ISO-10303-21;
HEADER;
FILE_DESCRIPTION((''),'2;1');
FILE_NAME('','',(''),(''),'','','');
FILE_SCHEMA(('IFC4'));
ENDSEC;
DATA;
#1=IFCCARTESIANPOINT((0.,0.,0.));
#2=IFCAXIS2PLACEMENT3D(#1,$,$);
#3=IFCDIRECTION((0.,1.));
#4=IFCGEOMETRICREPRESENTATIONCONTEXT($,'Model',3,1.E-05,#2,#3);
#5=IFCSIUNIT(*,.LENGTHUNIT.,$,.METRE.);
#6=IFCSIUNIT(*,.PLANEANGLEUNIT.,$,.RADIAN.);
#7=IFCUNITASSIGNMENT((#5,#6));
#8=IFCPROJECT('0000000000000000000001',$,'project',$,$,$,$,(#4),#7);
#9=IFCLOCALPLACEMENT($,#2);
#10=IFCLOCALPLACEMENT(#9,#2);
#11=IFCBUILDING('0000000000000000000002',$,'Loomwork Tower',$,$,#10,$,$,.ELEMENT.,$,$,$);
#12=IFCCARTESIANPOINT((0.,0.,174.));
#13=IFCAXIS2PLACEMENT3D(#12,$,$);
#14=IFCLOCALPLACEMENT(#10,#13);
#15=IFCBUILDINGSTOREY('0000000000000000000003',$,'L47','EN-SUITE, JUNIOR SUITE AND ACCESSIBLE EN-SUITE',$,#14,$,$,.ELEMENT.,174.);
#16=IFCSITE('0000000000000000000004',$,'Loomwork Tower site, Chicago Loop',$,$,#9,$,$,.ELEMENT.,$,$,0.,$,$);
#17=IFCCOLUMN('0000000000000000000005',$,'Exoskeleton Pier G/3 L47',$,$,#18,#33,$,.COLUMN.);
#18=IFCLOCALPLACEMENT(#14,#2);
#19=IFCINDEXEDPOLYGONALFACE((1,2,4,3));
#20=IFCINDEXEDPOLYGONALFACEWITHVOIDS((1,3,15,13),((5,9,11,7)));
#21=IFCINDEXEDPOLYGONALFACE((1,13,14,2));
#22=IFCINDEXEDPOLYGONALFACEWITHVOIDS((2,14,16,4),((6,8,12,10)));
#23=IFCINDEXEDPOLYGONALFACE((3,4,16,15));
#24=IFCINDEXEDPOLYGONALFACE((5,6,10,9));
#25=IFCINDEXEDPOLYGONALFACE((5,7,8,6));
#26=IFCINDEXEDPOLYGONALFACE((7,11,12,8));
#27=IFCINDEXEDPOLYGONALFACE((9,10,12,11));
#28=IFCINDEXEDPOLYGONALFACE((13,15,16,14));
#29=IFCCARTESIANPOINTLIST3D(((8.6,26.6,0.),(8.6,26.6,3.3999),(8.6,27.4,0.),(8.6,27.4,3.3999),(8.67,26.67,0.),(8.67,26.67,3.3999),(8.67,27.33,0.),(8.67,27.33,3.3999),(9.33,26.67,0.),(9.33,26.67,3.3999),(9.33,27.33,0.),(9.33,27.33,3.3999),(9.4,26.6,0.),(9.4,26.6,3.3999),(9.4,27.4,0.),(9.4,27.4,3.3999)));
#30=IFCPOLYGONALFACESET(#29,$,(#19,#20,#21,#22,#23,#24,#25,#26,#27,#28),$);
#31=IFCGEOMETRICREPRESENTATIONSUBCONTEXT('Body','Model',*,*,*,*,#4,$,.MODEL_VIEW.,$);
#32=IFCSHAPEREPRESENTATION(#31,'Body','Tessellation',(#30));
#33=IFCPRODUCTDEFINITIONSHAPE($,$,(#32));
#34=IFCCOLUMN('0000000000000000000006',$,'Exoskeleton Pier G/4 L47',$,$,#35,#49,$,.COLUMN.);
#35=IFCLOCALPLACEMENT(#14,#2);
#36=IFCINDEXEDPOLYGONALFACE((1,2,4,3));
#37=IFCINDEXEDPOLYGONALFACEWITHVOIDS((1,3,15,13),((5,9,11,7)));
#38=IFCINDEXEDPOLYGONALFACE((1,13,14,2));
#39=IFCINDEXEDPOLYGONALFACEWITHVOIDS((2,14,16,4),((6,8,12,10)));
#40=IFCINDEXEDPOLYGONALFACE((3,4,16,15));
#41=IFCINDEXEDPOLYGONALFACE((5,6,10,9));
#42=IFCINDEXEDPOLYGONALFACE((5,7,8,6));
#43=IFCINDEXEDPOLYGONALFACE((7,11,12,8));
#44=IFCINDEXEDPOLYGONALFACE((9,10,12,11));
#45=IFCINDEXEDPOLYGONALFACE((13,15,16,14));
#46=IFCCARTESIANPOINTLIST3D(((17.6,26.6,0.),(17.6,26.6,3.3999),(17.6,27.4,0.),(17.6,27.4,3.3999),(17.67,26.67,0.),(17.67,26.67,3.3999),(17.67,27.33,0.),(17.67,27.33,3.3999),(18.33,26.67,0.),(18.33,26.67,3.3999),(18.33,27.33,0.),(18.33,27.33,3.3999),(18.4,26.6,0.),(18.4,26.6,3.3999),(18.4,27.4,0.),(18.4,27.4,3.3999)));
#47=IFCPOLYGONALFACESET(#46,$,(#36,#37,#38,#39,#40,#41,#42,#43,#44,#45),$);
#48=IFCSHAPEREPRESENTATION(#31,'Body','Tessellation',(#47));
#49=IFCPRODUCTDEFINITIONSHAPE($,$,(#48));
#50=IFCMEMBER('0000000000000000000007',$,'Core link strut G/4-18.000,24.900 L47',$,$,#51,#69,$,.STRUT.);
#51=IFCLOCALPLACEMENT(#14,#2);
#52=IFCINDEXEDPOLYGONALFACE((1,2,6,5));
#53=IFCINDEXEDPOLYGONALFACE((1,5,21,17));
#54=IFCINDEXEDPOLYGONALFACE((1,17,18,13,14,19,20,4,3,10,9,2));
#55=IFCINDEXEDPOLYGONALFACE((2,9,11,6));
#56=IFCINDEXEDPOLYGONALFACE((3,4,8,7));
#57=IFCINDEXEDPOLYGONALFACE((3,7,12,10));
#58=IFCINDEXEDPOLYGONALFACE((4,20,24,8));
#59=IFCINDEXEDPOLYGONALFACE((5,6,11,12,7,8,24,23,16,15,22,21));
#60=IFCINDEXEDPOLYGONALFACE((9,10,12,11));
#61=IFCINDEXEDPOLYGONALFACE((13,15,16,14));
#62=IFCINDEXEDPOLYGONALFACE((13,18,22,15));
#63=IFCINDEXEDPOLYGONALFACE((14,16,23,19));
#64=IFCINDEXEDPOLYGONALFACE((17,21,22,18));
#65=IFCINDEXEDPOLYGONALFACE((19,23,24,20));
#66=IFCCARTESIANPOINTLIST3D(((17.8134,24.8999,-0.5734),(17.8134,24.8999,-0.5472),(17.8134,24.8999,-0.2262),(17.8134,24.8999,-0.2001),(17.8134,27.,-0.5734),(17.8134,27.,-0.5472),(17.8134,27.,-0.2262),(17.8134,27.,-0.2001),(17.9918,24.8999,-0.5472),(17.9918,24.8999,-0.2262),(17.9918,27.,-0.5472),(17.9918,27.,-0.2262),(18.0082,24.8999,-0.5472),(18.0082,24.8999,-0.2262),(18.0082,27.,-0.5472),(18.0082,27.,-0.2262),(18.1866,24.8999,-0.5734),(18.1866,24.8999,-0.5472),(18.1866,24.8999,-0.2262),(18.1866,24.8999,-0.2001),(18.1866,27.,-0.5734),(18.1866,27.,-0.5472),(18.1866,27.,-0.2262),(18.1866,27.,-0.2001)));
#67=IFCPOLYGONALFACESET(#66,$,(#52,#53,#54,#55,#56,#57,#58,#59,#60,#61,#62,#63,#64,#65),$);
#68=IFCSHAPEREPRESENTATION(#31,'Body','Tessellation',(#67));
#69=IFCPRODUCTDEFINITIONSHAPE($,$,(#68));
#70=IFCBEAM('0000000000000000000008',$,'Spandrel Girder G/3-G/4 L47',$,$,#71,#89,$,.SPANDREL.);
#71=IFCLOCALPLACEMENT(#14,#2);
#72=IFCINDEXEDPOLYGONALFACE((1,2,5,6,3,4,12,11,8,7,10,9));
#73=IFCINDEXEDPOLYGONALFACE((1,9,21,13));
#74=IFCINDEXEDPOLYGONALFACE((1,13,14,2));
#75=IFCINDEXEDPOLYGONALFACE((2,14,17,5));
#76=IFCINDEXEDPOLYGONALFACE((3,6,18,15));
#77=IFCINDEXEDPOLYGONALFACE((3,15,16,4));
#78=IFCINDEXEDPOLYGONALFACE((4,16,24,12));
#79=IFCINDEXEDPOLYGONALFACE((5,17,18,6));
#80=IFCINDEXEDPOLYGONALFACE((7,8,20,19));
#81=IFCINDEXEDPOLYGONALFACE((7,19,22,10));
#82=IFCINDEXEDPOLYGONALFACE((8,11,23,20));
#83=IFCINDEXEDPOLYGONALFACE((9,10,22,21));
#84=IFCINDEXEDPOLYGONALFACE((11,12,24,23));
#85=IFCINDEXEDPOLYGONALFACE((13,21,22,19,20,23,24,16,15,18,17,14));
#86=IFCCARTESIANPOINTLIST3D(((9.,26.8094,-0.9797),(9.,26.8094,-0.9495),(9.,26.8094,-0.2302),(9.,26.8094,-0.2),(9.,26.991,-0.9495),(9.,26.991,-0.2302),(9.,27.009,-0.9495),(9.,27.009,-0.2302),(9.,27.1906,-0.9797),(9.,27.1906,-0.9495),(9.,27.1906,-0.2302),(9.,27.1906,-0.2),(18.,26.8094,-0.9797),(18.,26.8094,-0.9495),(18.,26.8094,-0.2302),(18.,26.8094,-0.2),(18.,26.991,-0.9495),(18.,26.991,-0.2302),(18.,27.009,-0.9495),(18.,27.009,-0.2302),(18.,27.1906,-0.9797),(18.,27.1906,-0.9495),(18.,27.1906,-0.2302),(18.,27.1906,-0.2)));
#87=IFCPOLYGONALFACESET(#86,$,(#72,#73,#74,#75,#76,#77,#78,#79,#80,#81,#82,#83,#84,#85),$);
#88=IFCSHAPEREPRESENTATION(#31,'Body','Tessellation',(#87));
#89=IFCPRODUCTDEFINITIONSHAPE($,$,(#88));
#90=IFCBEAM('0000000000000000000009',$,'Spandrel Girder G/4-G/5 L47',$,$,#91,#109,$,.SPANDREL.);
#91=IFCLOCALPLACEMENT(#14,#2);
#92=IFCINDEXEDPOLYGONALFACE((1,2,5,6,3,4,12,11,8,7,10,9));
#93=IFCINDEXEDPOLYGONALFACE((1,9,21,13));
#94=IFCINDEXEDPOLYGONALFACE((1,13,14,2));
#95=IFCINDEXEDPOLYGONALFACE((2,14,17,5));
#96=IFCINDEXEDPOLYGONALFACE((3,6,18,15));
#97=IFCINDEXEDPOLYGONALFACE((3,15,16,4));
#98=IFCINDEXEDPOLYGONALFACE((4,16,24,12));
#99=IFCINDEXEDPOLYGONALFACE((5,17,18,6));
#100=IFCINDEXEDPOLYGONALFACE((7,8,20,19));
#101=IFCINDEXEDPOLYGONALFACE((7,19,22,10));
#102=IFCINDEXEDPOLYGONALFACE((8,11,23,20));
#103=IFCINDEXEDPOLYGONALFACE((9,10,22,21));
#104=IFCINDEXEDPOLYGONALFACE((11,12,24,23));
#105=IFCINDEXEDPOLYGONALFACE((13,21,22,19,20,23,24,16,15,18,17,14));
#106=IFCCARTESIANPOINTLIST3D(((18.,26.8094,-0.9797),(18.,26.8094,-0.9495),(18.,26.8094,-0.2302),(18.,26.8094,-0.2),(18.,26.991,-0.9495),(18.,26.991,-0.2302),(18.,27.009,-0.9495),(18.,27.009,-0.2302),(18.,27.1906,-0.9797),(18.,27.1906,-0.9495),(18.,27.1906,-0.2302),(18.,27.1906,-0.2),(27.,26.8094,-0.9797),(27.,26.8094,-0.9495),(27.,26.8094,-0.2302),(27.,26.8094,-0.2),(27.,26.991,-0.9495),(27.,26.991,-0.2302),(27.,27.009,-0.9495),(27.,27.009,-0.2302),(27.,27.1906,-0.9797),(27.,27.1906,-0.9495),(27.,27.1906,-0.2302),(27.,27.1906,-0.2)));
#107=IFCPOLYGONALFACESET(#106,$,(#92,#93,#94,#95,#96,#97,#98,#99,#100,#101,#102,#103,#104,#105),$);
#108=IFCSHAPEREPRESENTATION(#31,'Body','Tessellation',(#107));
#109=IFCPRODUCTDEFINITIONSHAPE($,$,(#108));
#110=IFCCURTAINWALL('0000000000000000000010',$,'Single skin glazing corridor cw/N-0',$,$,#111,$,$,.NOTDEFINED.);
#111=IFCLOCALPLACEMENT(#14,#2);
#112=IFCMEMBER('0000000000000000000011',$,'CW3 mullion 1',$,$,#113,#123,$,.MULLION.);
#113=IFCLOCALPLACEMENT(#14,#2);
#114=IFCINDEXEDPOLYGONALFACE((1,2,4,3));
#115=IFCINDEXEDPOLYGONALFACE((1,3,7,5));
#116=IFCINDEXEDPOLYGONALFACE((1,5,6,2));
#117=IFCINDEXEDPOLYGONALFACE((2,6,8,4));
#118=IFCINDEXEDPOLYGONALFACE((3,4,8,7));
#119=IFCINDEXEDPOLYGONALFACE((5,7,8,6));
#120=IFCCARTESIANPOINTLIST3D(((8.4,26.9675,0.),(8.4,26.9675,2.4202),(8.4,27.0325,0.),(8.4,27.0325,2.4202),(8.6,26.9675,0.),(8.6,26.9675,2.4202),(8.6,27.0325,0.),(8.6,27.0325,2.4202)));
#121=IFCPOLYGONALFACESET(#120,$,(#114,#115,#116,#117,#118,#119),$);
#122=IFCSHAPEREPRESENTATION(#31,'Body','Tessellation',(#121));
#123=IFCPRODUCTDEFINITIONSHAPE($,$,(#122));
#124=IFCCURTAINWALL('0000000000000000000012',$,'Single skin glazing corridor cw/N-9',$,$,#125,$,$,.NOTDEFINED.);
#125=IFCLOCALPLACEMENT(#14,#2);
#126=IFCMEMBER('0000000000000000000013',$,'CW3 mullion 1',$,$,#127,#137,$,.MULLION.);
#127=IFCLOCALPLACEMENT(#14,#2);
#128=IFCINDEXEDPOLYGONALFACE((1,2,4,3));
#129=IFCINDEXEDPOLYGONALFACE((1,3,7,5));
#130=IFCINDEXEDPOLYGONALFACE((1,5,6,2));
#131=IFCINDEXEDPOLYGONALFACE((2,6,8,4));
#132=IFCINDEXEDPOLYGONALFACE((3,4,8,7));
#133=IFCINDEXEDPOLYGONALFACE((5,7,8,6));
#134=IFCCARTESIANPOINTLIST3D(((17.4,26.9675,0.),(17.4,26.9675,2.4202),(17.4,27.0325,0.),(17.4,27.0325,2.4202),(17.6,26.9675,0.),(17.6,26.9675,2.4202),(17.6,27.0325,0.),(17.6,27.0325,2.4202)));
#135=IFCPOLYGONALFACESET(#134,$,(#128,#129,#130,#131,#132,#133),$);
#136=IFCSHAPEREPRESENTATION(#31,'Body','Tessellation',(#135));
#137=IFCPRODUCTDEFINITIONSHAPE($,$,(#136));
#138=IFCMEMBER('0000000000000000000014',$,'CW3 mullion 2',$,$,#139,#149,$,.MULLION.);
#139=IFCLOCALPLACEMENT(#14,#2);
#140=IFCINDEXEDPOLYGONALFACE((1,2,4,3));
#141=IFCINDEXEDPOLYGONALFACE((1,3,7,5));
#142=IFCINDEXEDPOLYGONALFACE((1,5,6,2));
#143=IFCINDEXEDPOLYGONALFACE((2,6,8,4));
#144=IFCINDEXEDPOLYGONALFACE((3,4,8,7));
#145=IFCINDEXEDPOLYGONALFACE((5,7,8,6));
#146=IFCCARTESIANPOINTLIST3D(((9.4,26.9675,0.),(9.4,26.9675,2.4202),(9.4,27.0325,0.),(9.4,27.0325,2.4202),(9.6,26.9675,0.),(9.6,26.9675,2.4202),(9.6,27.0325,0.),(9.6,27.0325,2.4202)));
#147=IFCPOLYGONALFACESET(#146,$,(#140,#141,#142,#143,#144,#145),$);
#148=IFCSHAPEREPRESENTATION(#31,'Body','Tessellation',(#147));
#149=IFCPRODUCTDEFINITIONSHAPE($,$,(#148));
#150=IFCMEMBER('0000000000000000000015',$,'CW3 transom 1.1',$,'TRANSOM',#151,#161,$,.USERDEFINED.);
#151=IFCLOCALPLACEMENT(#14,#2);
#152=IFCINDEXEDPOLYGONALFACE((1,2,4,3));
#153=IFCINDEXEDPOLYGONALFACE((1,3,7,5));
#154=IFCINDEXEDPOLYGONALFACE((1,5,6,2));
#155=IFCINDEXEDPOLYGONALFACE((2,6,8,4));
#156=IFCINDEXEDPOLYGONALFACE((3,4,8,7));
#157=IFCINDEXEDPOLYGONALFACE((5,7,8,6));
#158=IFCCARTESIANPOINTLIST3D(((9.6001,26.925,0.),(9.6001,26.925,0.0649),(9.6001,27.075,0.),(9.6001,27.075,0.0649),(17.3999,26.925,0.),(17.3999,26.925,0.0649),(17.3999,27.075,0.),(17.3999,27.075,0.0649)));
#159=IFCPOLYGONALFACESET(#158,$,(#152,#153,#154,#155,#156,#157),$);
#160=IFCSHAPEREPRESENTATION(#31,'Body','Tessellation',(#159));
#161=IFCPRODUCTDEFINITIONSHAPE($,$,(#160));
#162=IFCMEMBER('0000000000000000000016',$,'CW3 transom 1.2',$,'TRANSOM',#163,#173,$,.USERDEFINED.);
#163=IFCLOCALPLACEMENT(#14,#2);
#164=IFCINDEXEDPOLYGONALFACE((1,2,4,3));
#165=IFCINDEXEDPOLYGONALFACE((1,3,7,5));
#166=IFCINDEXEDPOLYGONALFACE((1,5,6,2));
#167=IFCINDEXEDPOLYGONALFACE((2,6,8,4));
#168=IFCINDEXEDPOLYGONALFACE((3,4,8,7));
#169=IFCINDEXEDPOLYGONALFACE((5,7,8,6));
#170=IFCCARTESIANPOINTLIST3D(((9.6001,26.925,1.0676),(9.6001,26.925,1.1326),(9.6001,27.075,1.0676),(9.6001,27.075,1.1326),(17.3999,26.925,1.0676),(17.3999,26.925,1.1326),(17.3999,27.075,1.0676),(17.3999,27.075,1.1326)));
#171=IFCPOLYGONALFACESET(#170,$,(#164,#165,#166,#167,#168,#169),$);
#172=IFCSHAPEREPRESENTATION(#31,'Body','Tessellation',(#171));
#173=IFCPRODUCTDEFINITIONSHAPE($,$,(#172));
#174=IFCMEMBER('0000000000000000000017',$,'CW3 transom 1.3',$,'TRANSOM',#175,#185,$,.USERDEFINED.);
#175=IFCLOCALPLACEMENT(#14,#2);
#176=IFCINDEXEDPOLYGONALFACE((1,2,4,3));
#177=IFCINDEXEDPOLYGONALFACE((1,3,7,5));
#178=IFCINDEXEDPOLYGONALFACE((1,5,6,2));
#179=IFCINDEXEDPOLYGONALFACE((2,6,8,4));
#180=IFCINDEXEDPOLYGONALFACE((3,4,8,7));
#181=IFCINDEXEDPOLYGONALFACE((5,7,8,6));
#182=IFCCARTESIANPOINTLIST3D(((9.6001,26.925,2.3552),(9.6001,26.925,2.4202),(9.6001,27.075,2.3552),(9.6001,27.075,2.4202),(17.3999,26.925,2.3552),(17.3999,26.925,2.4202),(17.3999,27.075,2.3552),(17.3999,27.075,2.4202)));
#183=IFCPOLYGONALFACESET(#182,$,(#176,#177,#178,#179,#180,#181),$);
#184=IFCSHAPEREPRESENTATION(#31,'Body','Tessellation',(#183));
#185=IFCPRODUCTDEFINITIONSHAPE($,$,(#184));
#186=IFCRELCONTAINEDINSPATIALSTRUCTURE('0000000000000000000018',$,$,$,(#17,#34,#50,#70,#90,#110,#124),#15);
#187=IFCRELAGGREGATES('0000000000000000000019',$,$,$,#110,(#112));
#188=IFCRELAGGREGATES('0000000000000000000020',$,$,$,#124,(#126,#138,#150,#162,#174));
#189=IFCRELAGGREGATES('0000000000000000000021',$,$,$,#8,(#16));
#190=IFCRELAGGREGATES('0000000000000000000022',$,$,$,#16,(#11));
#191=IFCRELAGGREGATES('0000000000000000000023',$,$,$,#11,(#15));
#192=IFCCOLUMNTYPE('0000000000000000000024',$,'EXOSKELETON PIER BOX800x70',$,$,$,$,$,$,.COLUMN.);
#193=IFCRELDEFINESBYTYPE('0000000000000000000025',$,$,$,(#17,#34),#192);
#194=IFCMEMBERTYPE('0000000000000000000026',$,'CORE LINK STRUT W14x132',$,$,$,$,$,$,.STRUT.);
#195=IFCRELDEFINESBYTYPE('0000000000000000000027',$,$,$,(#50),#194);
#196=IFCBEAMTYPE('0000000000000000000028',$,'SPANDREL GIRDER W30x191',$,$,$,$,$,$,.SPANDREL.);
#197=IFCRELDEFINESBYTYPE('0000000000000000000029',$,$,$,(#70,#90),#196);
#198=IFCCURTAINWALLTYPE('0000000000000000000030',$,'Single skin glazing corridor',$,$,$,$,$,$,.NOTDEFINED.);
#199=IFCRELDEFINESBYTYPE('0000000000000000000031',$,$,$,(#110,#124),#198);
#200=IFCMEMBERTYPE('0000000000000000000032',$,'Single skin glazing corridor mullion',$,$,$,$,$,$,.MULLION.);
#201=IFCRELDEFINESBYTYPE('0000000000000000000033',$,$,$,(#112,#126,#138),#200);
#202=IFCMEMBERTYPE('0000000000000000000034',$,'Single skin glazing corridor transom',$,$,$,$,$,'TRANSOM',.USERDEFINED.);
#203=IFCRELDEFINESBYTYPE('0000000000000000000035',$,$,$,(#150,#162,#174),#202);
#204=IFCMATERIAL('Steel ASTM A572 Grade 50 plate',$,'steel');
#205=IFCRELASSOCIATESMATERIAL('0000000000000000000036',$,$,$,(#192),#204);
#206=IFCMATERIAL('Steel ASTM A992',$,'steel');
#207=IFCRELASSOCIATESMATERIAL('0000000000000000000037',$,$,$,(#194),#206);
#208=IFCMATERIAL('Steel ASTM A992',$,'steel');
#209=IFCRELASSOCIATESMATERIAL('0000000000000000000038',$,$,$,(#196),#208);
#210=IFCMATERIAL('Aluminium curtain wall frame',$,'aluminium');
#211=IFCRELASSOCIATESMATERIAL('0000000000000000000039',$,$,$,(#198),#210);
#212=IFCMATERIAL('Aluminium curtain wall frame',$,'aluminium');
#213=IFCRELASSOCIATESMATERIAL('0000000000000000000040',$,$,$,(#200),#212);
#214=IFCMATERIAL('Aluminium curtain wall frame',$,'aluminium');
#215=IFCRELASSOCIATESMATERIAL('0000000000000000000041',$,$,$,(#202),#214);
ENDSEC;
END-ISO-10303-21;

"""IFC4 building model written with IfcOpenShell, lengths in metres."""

from ifc_helpers import new_model, si_unit, direction, frame, origin, origin_2d, place, context, subcontext, project, spatial, rectangle, hollow_rectangle, i_section, extrude, material, material_profile, profile_set, type_object, element, aggregate, save


model = new_model("IFC4")

# Units and contexts
model_context = context("Model", 3, precision=1e-05, world=origin(), true_north=direction((0.0, 1.0)))
body_context = subcontext(model_context, "Body", "Model", "MODEL_VIEW")
ifc_project = project(units=[si_unit("LENGTHUNIT", "METRE"), si_unit("PLANEANGLEUNIT", "RADIAN")], contexts=[model_context])

# Site, building, storey
site_placement = place(None, origin())
site = spatial("IfcSite", under=ifc_project, at=site_placement, Name="Loomwork Tower site, Chicago Loop", CompositionType="ELEMENT", RefElevation=0.0)
building_placement = place(site_placement, origin())
building = spatial("IfcBuilding", under=site, at=building_placement, Name="Loomwork Tower", CompositionType="ELEMENT")
storey_placement = place(building_placement, frame((0.0, 0.0, 174.0)))
storey = spatial("IfcBuildingStorey", under=building, at=storey_placement, Name="L47", Description="EN-SUITE, JUNIOR SUITE AND ACCESSIBLE EN-SUITE", CompositionType="ELEMENT", Elevation=174.0)

# Columns
ifc_material_1 = material(Name="Steel ASTM A572 Grade 50 plate", Category="steel")
ifc_material_profile_1 = material_profile(ifc_material_1, hollow_rectangle(XDim=0.8, YDim=0.8, WallThickness=0.0701, at=origin_2d()), Name="BOX800x70")
ifc_profile_set_1 = profile_set([ifc_material_profile_1], Name="Steel ASTM A572 Grade 50 plate")
column_type = type_object("IfcColumnType", Name="EXOSKELETON PIER BOX800x70", PredefinedType="COLUMN", material=ifc_profile_set_1)
for number, where, z_axis, x_axis, name in (
    (1, (9.0, 27.0, 0.0), (0.0, 0.0, 1.0), (1.0, 0.0, 0.0), "Exoskeleton Pier G/3 L47"),
    (2, (18.0, 27.0, 0.0), (0.0, 0.0, 1.0), (1.0, 0.0, 0.0), "Exoskeleton Pier G/4 L47"),
):
    element("IfcColumn", number, at=place(storey_placement, frame(where, z_axis=z_axis, x_axis=x_axis)), inside=storey, type_object=column_type, Name=name, PredefinedType="COLUMN", context=body_context, shape_type="SweptSolid", body=[
        extrude(hollow_rectangle(XDim=0.8, YDim=0.8, WallThickness=0.0701, at=origin_2d()), origin(), (0.0, 0.0, 1.0), 3.3999),
    ])

# Member
ifc_material_2 = material(Name="Steel ASTM A992", Category="steel")
ifc_material_profile_2 = material_profile(ifc_material_2, i_section(OverallWidth=0.3733, OverallDepth=0.3733, WebThickness=0.0164, FlangeThickness=0.0261, at=origin_2d()), Name="W14x132")
ifc_profile_set_2 = profile_set([ifc_material_profile_2], Name="Steel ASTM A992")
member_type_1 = type_object("IfcMemberType", Name="CORE LINK STRUT W14x132", PredefinedType="STRUT", material=ifc_profile_set_2)
member_1_placement = place(storey_placement, frame((18.0, 27.0, -0.3867), z_axis=(0.0, -1.0, 0.0), x_axis=(1.0, 0.0, 0.0)))
element("IfcMember", 3, at=member_1_placement, inside=storey, type_object=member_type_1, Name="Core link strut G/4-18.000,24.900 L47", PredefinedType="STRUT", context=body_context, shape_type="SweptSolid", body=[
    extrude(i_section(OverallWidth=0.3733, OverallDepth=0.3733, WebThickness=0.0164, FlangeThickness=0.0261, at=origin_2d()), origin(), (0.0, 0.0, 1.0), 2.1001),
])

# Beams
ifc_material_3 = material(Name="Steel ASTM A992", Category="steel")
ifc_material_profile_3 = material_profile(ifc_material_3, i_section(OverallWidth=0.3811, OverallDepth=0.7798, WebThickness=0.0181, FlangeThickness=0.0303, at=origin_2d()), Name="W30x191")
ifc_profile_set_3 = profile_set([ifc_material_profile_3], Name="Steel ASTM A992")
beam_type = type_object("IfcBeamType", Name="SPANDREL GIRDER W30x191", PredefinedType="SPANDREL", material=ifc_profile_set_3)
for number, where, z_axis, x_axis, name in (
    (4, (9.0, 27.0, -0.5898), (1.0, 0.0, 0.0), (0.0, 1.0, 0.0), "Spandrel Girder G/3-G/4 L47"),
    (5, (18.0, 27.0, -0.5898), (1.0, 0.0, 0.0), (0.0, 1.0, 0.0), "Spandrel Girder G/4-G/5 L47"),
):
    element("IfcBeam", number, at=place(storey_placement, frame(where, z_axis=z_axis, x_axis=x_axis)), inside=storey, type_object=beam_type, Name=name, PredefinedType="SPANDREL", context=body_context, shape_type="SweptSolid", body=[
        extrude(i_section(OverallWidth=0.3811, OverallDepth=0.7798, WebThickness=0.0181, FlangeThickness=0.0303, at=origin_2d()), origin(), (0.0, 0.0, 1.0), 9.0),
    ])

# Curtain wall, member
ifc_material_4 = material(Name="Aluminium curtain wall frame", Category="aluminium")
curtain_wall_type = type_object("IfcCurtainWallType", Name="Single skin glazing corridor", PredefinedType="NOTDEFINED", material=ifc_material_4)
curtain_wall_1_placement = place(storey_placement, origin())
curtain_wall_1 = element("IfcCurtainWall", 6, at=curtain_wall_1_placement, inside=storey, type_object=curtain_wall_type, Name="Single skin glazing corridor cw/N-0", PredefinedType="NOTDEFINED")
ifc_material_5 = material(Name="Aluminium curtain wall frame", Category="aluminium")
ifc_material_profile_4 = material_profile(ifc_material_5, rectangle(XDim=0.0649, YDim=0.2, at=origin_2d()), Name="AL 65x200")
ifc_profile_set_4 = profile_set([ifc_material_profile_4], Name="Aluminium curtain wall frame")
member_type_2 = type_object("IfcMemberType", Name="Single skin glazing corridor mullion", PredefinedType="MULLION", material=ifc_profile_set_4)
member_2_placement = place(storey_placement, frame((8.5, 27.0, 0.0), z_axis=(0.0, 0.0, 1.0), x_axis=(0.0, -1.0, 0.0)))
member_2 = element("IfcMember", 7, at=member_2_placement, type_object=member_type_2, Name="CW3 mullion 1", PredefinedType="MULLION", context=body_context, shape_type="SweptSolid", body=[
    extrude(rectangle(XDim=0.0649, YDim=0.2, at=origin_2d()), origin(), (0.0, 0.0, 1.0), 2.4202),
])
aggregate(curtain_wall_1, [member_2])

# Curtain wall, members
curtain_wall_2_placement = place(storey_placement, origin())
curtain_wall_2 = element("IfcCurtainWall", 8, at=curtain_wall_2_placement, inside=storey, type_object=curtain_wall_type, Name="Single skin glazing corridor cw/N-9", PredefinedType="NOTDEFINED")
member_3_placement = place(storey_placement, frame((17.5, 27.0, 0.0), z_axis=(0.0, 0.0, 1.0), x_axis=(0.0, -1.0, 0.0)))
member_3 = element("IfcMember", 9, at=member_3_placement, type_object=member_type_2, Name="CW3 mullion 1", PredefinedType="MULLION", context=body_context, shape_type="SweptSolid", body=[
    extrude(rectangle(XDim=0.0649, YDim=0.2, at=origin_2d()), origin(), (0.0, 0.0, 1.0), 2.4202),
])
member_4_placement = place(storey_placement, frame((9.5, 27.0, 0.0), z_axis=(0.0, 0.0, 1.0), x_axis=(0.0, -1.0, 0.0)))
member_4 = element("IfcMember", 10, at=member_4_placement, type_object=member_type_2, Name="CW3 mullion 2", PredefinedType="MULLION", context=body_context, shape_type="SweptSolid", body=[
    extrude(rectangle(XDim=0.0649, YDim=0.2, at=origin_2d()), origin(), (0.0, 0.0, 1.0), 2.4202),
])
ifc_material_6 = material(Name="Aluminium curtain wall frame", Category="aluminium")
ifc_material_profile_5 = material_profile(ifc_material_6, rectangle(XDim=0.1499, YDim=0.0649, at=origin_2d()), Name="AL 65x150")
ifc_profile_set_5 = profile_set([ifc_material_profile_5], Name="Aluminium curtain wall frame")
member_type_3 = type_object("IfcMemberType", Name="Single skin glazing corridor transom", ElementType="TRANSOM", PredefinedType="USERDEFINED", material=ifc_profile_set_5)
member_5_placement = place(storey_placement, frame((17.3999, 27.0, 0.0325), z_axis=(-1.0, 0.0, 0.0), x_axis=(0.0, -1.0, 0.0)))
member_5 = element("IfcMember", 11, at=member_5_placement, type_object=member_type_3, Name="CW3 transom 1.1", ObjectType="TRANSOM", PredefinedType="USERDEFINED", context=body_context, shape_type="SweptSolid", body=[
    extrude(rectangle(XDim=0.1499, YDim=0.0649, at=origin_2d()), origin(), (0.0, 0.0, 1.0), 7.7998),
])
member_6_placement = place(storey_placement, frame((17.3999, 27.0, 1.1001), z_axis=(-1.0, 0.0, 0.0), x_axis=(0.0, -1.0, 0.0)))
member_6 = element("IfcMember", 12, at=member_6_placement, type_object=member_type_3, Name="CW3 transom 1.2", ObjectType="TRANSOM", PredefinedType="USERDEFINED", context=body_context, shape_type="SweptSolid", body=[
    extrude(rectangle(XDim=0.1499, YDim=0.0649, at=origin_2d()), origin(), (0.0, 0.0, 1.0), 7.7998),
])
member_7_placement = place(storey_placement, frame((17.3999, 27.0, 2.3877), z_axis=(-1.0, 0.0, 0.0), x_axis=(0.0, -1.0, 0.0)))
member_7 = element("IfcMember", 13, at=member_7_placement, type_object=member_type_3, Name="CW3 transom 1.3", ObjectType="TRANSOM", PredefinedType="USERDEFINED", context=body_context, shape_type="SweptSolid", body=[
    extrude(rectangle(XDim=0.1499, YDim=0.0649, at=origin_2d()), origin(), (0.0, 0.0, 1.0), 7.7998),
])
aggregate(curtain_wall_2, [member_3, member_4, member_5, member_6, member_7])

save(model, "model.ifc")
